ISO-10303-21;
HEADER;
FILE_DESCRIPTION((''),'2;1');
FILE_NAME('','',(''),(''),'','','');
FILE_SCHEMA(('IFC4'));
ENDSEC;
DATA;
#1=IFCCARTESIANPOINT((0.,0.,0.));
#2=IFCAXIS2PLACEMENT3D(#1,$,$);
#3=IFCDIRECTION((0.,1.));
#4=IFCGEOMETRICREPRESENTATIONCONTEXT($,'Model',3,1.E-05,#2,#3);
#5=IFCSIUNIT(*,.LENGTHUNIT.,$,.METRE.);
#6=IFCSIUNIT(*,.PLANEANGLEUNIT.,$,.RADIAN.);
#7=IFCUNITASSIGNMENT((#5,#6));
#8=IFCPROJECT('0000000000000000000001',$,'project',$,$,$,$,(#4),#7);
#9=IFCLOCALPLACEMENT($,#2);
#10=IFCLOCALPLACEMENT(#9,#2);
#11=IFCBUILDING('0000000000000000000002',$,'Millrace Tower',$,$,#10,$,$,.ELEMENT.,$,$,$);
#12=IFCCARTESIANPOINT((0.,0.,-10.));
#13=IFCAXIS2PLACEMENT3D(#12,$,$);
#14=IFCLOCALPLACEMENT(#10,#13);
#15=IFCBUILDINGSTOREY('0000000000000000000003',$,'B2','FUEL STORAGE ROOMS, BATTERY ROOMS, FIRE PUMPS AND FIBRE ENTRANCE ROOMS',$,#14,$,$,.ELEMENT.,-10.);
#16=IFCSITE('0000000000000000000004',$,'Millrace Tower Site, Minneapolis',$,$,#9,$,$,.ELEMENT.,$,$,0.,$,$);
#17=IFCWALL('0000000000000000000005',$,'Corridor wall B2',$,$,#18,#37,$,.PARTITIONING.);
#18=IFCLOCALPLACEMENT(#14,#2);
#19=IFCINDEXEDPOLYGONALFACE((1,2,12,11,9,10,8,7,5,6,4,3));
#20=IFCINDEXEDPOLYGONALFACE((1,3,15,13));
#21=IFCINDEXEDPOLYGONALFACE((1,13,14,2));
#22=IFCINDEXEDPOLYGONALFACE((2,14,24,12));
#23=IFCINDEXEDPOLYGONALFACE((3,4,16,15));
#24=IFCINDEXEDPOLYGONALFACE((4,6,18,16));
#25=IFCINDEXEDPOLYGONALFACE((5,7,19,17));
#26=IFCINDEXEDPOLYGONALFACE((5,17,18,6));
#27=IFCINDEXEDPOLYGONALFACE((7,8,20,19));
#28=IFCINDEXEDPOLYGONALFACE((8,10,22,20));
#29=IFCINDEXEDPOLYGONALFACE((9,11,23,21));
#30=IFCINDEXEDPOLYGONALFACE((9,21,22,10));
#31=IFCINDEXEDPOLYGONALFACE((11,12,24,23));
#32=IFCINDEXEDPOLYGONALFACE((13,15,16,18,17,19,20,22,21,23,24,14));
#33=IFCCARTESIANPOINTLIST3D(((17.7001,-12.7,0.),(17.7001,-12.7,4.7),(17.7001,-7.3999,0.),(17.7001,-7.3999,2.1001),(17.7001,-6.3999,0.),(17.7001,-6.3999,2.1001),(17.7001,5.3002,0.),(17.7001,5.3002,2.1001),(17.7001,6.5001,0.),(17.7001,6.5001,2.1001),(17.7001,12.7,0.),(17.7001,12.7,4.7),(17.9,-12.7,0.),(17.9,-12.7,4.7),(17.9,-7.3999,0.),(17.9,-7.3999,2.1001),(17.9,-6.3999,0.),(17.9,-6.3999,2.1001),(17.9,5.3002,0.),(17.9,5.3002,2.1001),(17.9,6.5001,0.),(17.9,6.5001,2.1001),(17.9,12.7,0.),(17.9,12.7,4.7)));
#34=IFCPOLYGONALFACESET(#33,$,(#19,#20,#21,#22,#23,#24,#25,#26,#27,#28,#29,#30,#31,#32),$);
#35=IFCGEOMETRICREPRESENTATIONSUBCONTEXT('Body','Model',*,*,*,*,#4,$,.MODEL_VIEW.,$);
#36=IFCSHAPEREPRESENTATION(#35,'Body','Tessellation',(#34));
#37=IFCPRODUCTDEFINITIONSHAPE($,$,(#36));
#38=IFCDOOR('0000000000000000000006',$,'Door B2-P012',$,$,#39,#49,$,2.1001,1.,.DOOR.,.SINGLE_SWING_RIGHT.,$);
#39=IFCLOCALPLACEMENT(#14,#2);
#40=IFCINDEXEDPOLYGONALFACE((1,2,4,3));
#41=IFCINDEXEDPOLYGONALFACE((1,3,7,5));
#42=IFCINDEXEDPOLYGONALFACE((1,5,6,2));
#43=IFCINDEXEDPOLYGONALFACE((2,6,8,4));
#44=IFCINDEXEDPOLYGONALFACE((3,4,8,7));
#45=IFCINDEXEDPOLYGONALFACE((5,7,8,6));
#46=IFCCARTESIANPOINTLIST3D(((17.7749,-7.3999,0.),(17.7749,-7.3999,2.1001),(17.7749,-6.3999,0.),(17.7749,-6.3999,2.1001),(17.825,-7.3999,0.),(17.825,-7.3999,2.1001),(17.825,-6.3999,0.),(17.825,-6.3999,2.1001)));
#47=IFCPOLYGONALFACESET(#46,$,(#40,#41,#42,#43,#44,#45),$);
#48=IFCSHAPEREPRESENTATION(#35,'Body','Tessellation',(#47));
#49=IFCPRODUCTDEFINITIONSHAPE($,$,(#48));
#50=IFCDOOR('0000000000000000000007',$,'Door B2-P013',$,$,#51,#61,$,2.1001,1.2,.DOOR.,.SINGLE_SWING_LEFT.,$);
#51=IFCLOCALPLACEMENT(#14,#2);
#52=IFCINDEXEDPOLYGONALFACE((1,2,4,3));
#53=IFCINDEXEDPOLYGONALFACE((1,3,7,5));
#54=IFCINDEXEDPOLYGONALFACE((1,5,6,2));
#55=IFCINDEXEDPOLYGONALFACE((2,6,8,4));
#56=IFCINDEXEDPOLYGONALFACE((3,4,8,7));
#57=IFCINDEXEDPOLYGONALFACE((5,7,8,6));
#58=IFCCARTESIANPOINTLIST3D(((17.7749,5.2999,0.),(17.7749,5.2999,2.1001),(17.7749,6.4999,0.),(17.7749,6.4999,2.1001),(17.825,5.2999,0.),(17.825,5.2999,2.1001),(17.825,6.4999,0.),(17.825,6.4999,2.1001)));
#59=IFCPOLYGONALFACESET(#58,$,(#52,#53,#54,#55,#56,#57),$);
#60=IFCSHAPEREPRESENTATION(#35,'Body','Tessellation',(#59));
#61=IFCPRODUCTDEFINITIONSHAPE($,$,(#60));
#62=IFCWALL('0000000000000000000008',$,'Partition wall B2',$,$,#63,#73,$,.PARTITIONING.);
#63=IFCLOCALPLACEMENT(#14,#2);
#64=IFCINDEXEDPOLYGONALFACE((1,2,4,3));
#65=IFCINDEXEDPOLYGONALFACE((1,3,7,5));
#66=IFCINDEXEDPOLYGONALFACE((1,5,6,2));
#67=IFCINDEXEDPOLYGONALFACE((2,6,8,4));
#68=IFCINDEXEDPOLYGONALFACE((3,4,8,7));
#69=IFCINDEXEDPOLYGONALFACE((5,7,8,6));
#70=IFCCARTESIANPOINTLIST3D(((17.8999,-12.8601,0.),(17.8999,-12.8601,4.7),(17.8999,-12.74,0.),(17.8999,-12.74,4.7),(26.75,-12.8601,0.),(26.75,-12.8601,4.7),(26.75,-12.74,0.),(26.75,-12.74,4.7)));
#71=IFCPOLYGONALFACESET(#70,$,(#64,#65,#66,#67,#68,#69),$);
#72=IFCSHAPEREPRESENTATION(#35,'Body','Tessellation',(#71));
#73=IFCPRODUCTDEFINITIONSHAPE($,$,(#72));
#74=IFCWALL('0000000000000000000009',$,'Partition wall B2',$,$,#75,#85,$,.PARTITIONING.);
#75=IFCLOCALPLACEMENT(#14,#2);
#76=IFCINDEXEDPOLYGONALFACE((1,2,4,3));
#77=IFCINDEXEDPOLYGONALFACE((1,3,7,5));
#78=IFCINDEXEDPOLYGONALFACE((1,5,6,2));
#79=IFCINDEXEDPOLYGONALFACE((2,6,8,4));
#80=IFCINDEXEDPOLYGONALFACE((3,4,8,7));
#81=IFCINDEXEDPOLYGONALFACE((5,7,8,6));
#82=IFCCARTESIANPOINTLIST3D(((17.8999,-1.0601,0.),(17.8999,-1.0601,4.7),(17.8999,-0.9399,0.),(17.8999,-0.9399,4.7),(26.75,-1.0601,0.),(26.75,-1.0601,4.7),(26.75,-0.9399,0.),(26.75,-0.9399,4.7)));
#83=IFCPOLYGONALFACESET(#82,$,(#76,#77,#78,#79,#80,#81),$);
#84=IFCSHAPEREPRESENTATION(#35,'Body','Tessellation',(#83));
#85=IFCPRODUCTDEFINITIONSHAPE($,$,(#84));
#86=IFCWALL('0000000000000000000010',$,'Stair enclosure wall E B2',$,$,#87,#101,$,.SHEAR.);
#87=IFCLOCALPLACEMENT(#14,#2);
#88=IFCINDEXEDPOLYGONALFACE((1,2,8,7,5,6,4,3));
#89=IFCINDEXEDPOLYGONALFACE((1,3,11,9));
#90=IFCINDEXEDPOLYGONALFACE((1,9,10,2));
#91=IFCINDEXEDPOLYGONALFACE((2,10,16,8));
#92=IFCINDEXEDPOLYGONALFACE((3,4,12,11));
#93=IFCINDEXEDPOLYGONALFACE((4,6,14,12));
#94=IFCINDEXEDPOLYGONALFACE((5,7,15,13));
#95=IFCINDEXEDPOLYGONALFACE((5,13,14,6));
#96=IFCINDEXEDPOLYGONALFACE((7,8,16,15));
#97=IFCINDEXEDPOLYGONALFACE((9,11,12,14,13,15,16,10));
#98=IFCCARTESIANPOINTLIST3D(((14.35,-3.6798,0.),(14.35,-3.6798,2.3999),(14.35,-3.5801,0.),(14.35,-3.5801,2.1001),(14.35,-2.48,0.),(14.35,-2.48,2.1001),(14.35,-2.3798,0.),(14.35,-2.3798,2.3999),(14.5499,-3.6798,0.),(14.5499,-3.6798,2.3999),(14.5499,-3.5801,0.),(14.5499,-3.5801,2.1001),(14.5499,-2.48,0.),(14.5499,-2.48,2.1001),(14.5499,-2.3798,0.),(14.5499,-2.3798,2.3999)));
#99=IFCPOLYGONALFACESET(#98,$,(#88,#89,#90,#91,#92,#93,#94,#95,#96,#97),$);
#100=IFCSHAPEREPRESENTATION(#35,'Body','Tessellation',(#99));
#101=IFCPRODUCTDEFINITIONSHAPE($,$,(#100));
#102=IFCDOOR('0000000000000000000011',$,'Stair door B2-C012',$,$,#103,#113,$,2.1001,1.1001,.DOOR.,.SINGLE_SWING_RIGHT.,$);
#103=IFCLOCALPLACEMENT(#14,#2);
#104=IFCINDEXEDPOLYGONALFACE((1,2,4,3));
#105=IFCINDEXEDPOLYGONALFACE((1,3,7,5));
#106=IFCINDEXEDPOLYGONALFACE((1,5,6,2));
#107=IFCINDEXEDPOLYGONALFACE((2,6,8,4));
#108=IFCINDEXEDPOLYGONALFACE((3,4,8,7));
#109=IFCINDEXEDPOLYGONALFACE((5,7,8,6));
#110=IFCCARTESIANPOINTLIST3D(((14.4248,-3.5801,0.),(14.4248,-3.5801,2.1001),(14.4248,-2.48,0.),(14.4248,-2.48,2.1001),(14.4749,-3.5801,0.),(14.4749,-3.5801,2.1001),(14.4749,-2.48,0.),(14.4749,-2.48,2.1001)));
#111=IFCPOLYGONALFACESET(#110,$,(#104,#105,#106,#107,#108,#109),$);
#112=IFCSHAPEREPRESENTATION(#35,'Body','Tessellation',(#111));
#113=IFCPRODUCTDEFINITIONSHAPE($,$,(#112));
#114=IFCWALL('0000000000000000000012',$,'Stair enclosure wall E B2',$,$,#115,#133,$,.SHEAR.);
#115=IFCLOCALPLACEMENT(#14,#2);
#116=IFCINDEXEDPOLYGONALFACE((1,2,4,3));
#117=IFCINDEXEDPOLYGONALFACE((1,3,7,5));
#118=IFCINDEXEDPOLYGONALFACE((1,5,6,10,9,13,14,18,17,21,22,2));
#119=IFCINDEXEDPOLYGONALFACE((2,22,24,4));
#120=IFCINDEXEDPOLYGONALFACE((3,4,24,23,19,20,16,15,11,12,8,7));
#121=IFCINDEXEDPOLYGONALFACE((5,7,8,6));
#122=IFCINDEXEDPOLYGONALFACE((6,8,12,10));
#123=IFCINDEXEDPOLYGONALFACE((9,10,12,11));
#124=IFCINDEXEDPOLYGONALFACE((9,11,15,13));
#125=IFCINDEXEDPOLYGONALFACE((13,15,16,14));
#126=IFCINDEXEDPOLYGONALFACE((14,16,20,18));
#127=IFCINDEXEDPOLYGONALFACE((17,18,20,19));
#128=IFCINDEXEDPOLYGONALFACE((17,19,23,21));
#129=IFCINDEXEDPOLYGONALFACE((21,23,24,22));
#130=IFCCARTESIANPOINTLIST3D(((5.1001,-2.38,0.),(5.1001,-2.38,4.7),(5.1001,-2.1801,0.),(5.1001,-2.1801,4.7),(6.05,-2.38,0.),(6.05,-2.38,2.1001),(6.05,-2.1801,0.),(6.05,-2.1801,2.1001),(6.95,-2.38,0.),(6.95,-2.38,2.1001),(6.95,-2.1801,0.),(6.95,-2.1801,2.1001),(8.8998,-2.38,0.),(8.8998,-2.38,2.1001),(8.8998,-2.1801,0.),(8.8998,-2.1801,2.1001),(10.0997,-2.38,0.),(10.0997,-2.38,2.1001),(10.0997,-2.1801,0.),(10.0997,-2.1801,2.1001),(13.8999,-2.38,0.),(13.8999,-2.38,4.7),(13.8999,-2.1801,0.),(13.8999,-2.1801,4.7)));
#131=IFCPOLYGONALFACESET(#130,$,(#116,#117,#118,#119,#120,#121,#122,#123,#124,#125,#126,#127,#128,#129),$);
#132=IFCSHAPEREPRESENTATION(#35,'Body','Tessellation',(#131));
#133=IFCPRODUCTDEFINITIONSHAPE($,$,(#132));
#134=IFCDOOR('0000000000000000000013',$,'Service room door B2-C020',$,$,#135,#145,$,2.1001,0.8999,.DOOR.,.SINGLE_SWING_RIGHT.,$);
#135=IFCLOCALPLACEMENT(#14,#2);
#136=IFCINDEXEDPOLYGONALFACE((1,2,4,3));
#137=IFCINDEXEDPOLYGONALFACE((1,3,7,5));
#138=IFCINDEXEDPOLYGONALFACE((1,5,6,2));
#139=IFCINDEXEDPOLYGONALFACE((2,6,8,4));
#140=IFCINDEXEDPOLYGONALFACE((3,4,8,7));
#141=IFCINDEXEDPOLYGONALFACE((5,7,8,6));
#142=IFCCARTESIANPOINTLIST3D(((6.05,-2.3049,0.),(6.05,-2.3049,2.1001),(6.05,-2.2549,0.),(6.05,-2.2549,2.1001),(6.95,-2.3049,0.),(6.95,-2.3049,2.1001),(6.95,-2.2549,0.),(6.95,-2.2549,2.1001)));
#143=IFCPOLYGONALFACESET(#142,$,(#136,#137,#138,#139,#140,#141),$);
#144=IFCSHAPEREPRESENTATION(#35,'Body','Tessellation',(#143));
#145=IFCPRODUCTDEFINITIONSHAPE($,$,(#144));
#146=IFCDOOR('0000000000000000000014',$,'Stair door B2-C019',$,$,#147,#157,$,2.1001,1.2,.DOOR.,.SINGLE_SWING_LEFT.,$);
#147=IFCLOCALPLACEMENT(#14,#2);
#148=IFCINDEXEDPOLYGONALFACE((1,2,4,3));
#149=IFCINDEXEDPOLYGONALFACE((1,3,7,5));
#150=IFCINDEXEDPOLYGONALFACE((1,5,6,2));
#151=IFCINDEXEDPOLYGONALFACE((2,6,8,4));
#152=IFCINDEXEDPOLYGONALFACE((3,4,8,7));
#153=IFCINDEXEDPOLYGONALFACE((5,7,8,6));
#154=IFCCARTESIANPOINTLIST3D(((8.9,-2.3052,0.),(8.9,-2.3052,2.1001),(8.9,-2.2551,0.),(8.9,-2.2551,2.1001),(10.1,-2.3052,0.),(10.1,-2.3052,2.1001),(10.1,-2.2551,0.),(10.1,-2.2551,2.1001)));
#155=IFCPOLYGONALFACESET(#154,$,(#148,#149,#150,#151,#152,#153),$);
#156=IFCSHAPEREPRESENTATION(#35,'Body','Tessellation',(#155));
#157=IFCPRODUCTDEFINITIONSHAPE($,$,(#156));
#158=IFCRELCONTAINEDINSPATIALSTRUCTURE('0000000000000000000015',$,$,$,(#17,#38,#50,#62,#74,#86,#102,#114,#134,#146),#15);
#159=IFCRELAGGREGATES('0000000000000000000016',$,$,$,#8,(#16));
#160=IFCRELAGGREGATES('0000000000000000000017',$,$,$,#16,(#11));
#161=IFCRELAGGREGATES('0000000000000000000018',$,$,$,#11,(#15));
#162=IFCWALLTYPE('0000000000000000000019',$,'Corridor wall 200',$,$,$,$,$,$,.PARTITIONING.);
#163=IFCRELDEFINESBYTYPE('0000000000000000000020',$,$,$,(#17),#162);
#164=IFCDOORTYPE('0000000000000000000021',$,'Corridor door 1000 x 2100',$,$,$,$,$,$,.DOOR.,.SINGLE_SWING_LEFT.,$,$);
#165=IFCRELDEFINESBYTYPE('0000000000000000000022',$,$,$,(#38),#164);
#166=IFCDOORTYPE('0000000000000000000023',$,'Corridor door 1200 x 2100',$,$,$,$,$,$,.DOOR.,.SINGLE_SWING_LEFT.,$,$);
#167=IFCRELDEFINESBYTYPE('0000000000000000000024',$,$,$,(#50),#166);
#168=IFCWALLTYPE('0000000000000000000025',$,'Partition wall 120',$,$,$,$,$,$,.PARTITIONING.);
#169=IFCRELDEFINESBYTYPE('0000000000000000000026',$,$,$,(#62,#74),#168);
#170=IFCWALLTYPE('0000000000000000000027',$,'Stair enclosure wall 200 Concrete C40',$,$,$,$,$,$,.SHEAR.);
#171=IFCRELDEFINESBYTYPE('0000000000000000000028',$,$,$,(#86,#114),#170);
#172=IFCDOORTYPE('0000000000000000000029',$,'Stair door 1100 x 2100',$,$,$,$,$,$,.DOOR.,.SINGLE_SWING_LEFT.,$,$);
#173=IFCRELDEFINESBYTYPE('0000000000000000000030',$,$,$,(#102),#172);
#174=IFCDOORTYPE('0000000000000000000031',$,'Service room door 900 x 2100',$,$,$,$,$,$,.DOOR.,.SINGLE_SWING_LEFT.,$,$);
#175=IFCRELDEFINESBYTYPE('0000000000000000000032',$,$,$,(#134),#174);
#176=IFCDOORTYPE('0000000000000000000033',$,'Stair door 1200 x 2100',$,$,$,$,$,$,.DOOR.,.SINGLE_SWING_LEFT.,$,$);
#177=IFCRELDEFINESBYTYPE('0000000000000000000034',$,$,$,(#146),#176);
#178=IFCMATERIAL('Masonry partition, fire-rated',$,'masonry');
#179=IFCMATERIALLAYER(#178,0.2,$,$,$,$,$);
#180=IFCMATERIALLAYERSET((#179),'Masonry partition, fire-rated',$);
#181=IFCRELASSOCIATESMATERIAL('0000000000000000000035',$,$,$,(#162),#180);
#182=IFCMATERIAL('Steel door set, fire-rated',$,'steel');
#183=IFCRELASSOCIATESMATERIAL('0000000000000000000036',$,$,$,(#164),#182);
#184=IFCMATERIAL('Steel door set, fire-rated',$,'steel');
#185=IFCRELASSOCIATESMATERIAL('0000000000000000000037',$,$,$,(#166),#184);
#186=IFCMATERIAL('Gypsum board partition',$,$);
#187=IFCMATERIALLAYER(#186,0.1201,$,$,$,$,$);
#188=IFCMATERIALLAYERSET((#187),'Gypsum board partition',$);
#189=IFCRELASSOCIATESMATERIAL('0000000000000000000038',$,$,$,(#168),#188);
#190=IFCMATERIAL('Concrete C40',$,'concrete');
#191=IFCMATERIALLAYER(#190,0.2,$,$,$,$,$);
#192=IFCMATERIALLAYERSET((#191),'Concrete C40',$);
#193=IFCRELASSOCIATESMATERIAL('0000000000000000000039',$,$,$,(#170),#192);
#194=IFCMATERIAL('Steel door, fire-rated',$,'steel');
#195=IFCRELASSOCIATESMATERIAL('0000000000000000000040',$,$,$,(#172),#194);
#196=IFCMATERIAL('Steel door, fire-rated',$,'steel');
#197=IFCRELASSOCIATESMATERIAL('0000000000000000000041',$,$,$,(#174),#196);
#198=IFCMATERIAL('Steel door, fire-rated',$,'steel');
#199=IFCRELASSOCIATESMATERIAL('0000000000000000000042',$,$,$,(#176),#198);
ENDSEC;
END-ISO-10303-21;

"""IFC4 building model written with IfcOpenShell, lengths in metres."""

from ifc_helpers import new_model, si_unit, direction, frame, frame_2d, origin, place, context, subcontext, project, spatial, rectangle, extrude, material, layer, layer_set, type_object, element, fill, save


model = new_model("IFC4")

# Units and contexts
model_context = context("Model", 3, precision=1e-05, world=origin(), true_north=direction((0.0, 1.0)))
body_context = subcontext(model_context, "Body", "Model", "MODEL_VIEW")
ifc_project = project(units=[si_unit("LENGTHUNIT", "METRE"), si_unit("PLANEANGLEUNIT", "RADIAN")], contexts=[model_context])

# Site, building, storey
site_placement = place(None, origin())
site = spatial("IfcSite", under=ifc_project, at=site_placement, Name="Millrace Tower Site, Minneapolis", CompositionType="ELEMENT", RefElevation=0.0)
building_placement = place(site_placement, origin())
building = spatial("IfcBuilding", under=site, at=building_placement, Name="Millrace Tower", CompositionType="ELEMENT")
storey_placement = place(building_placement, frame((0.0, 0.0, -10.0)))
storey = spatial("IfcBuildingStorey", under=building, at=storey_placement, Name="B2", Description="FUEL STORAGE ROOMS, BATTERY ROOMS, FIRE PUMPS AND FIBRE ENTRANCE ROOMS", CompositionType="ELEMENT", Elevation=-10.0)

# Wall, openings, doors
ifc_material_1 = material(Name="Masonry partition, fire-rated", Category="masonry")
ifc_layer_1 = layer(ifc_material_1, 0.2)
ifc_layer_set_1 = layer_set([ifc_layer_1], Name="Masonry partition, fire-rated")
wall_type_1 = type_object("IfcWallType", Name="Corridor wall 200", PredefinedType="PARTITIONING", material=ifc_layer_set_1)
wall_1_placement = place(storey_placement, frame((17.8, -12.7, 0.0), z_axis=(0.0, 0.0, 1.0), x_axis=(0.0, 1.0, 0.0)))
wall_1 = element("IfcWall", 1, at=wall_1_placement, inside=storey, type_object=wall_type_1, Name="Corridor wall B2", PredefinedType="PARTITIONING", context=body_context, shape_type="SweptSolid", body=[
    extrude(rectangle(XDim=25.3999, YDim=0.2, at=frame_2d((12.7, 0.0))), origin(), (0.0, 0.0, 1.0), 4.7),
])
opening_1_placement = place(wall_1_placement, frame((5.3, 0.0, 0.0)))
opening_1 = element("IfcOpeningElement", 2, at=opening_1_placement, cuts=wall_1, PredefinedType="OPENING", context=body_context, shape_type="SweptSolid", body=[
    extrude(rectangle(XDim=1.0, YDim=2.1001, at=frame_2d((0.5, 1.05))), frame((0.0, 0.1099, 0.0), z_axis=(0.0, -1.0, 0.0), x_axis=(1.0, 0.0, 0.0)), (0.0, 0.0, 1.0), 0.22),
])
opening_2_placement = place(wall_1_placement, frame((18.0, 0.0, 0.0)))
opening_2 = element("IfcOpeningElement", 3, at=opening_2_placement, cuts=wall_1, PredefinedType="OPENING", context=body_context, shape_type="SweptSolid", body=[
    extrude(rectangle(XDim=1.2, YDim=2.1001, at=frame_2d((0.6001, 1.05))), frame((0.0, 0.1099, 0.0), z_axis=(0.0, -1.0, 0.0), x_axis=(1.0, 0.0, 0.0)), (0.0, 0.0, 1.0), 0.22),
])
ifc_material_2 = material(Name="Steel door set, fire-rated", Category="steel")
door_type_1 = type_object("IfcDoorType", Name="Corridor door 1000 x 2100", OperationType="SINGLE_SWING_LEFT", PredefinedType="DOOR", material=ifc_material_2)
door_1_placement = place(opening_1_placement, frame((1.0, 0.0, 0.0), z_axis=(0.0, 0.0, 1.0), x_axis=(-1.0, 0.0, 0.0)))
door_1 = element("IfcDoor", 4, at=door_1_placement, inside=storey, type_object=door_type_1, Name="Door B2-P012", OperationType="SINGLE_SWING_RIGHT", OverallHeight=2.1001, OverallWidth=1.0, PredefinedType="DOOR", context=body_context, shape_type="SweptSolid", body=[
    extrude(rectangle(XDim=1.0, YDim=2.1001, at=frame_2d((0.5, 1.05))), frame((0.0, 0.0249, 0.0), z_axis=(0.0, -1.0, 0.0), x_axis=(1.0, 0.0, 0.0)), (0.0, 0.0, 1.0), 0.05),
])
fill(opening_1, door_1)
ifc_material_3 = material(Name="Steel door set, fire-rated", Category="steel")
door_type_2 = type_object("IfcDoorType", Name="Corridor door 1200 x 2100", OperationType="SINGLE_SWING_LEFT", PredefinedType="DOOR", material=ifc_material_3)
door_2_placement = place(opening_2_placement, frame((1.2, 0.0, 0.0), z_axis=(0.0, 0.0, 1.0), x_axis=(-1.0, 0.0, 0.0)))
door_2 = element("IfcDoor", 5, at=door_2_placement, inside=storey, type_object=door_type_2, Name="Door B2-P013", OperationType="SINGLE_SWING_LEFT", OverallHeight=2.1001, OverallWidth=1.2, PredefinedType="DOOR", context=body_context, shape_type="SweptSolid", body=[
    extrude(rectangle(XDim=1.2, YDim=2.1001, at=frame_2d((0.6001, 1.05))), frame((0.0, 0.0249, 0.0), z_axis=(0.0, -1.0, 0.0), x_axis=(1.0, 0.0, 0.0)), (0.0, 0.0, 1.0), 0.05),
])
fill(opening_2, door_2)

# Walls
ifc_material_4 = material(Name="Gypsum board partition")
ifc_layer_2 = layer(ifc_material_4, 0.1201)
ifc_layer_set_2 = layer_set([ifc_layer_2], Name="Gypsum board partition")
wall_type_2 = type_object("IfcWallType", Name="Partition wall 120", PredefinedType="PARTITIONING", material=ifc_layer_set_2)
for number, where, z_axis, x_axis, name in (
    (6, (17.8999, -12.8, 0.0), (0.0, 0.0, 1.0), (1.0, 0.0, 0.0), "Partition wall B2"),
    (7, (17.8999, -1.0, 0.0), (0.0, 0.0, 1.0), (1.0, 0.0, 0.0), "Partition wall B2"),
):
    element("IfcWall", number, at=place(storey_placement, frame(where, z_axis=z_axis, x_axis=x_axis)), inside=storey, type_object=wall_type_2, Name=name, PredefinedType="PARTITIONING", context=body_context, shape_type="SweptSolid", body=[
        extrude(rectangle(XDim=8.8501, YDim=0.1201, at=frame_2d((4.425, 0.0))), origin(), (0.0, 0.0, 1.0), 4.7),
    ])

# Wall, opening, door
ifc_material_5 = material(Name="Concrete C40", Category="concrete")
ifc_layer_3 = layer(ifc_material_5, 0.2)
ifc_layer_set_3 = layer_set([ifc_layer_3], Name="Concrete C40")
wall_type_3 = type_object("IfcWallType", Name="Stair enclosure wall 200 Concrete C40", PredefinedType="SHEAR", material=ifc_layer_set_3)
wall_2_placement = place(storey_placement, frame((14.45, -2.3799, 0.0), z_axis=(0.0, 0.0, 1.0), x_axis=(0.0, -1.0, 0.0)))
wall_2 = element("IfcWall", 8, at=wall_2_placement, inside=storey, type_object=wall_type_3, Name="Stair enclosure wall E B2", PredefinedType="SHEAR", context=body_context, shape_type="SweptSolid", body=[
    extrude(rectangle(XDim=1.3, YDim=0.2, at=frame_2d((0.6499, 0.0))), origin(), (0.0, 0.0, 1.0), 2.3999),
])
opening_3_placement = place(wall_2_placement, frame((0.1001, 0.0, 0.0)))
opening_3 = element("IfcOpeningElement", 9, at=opening_3_placement, cuts=wall_2, PredefinedType="OPENING", context=body_context, shape_type="SweptSolid", body=[
    extrude(rectangle(XDim=1.1001, YDim=2.1001, at=frame_2d((0.55, 1.05))), frame((0.0, 0.1099, 0.0), z_axis=(0.0, -1.0, 0.0), x_axis=(1.0, 0.0, 0.0)), (0.0, 0.0, 1.0), 0.22),
])
ifc_material_6 = material(Name="Steel door, fire-rated", Category="steel")
door_type_3 = type_object("IfcDoorType", Name="Stair door 1100 x 2100", OperationType="SINGLE_SWING_LEFT", PredefinedType="DOOR", material=ifc_material_6)
door_3_placement = place(opening_3_placement, origin())
door_3 = element("IfcDoor", 10, at=door_3_placement, inside=storey, type_object=door_type_3, Name="Stair door B2-C012", OperationType="SINGLE_SWING_RIGHT", OverallHeight=2.1001, OverallWidth=1.1001, PredefinedType="DOOR", context=body_context, shape_type="SweptSolid", body=[
    extrude(rectangle(XDim=1.1001, YDim=2.1001, at=frame_2d((0.55, 1.05))), frame((0.0, 0.0249, 0.0), z_axis=(0.0, -1.0, 0.0), x_axis=(1.0, 0.0, 0.0)), (0.0, 0.0, 1.0), 0.05),
])
fill(opening_3, door_3)

# Wall, openings, doors
wall_3_placement = place(storey_placement, frame((13.8999, -2.28, 0.0), z_axis=(0.0, 0.0, 1.0), x_axis=(-1.0, 0.0, 0.0)))
wall_3 = element("IfcWall", 11, at=wall_3_placement, inside=storey, type_object=wall_type_3, Name="Stair enclosure wall E B2", PredefinedType="SHEAR", context=body_context, shape_type="SweptSolid", body=[
    extrude(rectangle(XDim=8.7998, YDim=0.2, at=frame_2d((4.3999, 0.0))), origin(), (0.0, 0.0, 1.0), 4.7),
])
opening_4_placement = place(wall_3_placement, frame((3.8, 0.0, 0.0)))
opening_4 = element("IfcOpeningElement", 12, at=opening_4_placement, cuts=wall_3, PredefinedType="OPENING", context=body_context, shape_type="SweptSolid", body=[
    extrude(rectangle(XDim=1.2, YDim=2.1001, at=frame_2d((0.6001, 1.05))), frame((0.0, 0.1099, 0.0), z_axis=(0.0, -1.0, 0.0), x_axis=(1.0, 0.0, 0.0)), (0.0, 0.0, 1.0), 0.22),
])
opening_5_placement = place(wall_3_placement, frame((6.95, 0.0, 0.0)))
opening_5 = element("IfcOpeningElement", 13, at=opening_5_placement, cuts=wall_3, PredefinedType="OPENING", context=body_context, shape_type="SweptSolid", body=[
    extrude(rectangle(XDim=0.8999, YDim=2.1001, at=frame_2d((0.45, 1.05))), frame((0.0, 0.1099, 0.0), z_axis=(0.0, -1.0, 0.0), x_axis=(1.0, 0.0, 0.0)), (0.0, 0.0, 1.0), 0.22),
])
ifc_material_7 = material(Name="Steel door, fire-rated", Category="steel")
door_type_4 = type_object("IfcDoorType", Name="Service room door 900 x 2100", OperationType="SINGLE_SWING_LEFT", PredefinedType="DOOR", material=ifc_material_7)
door_4_placement = place(opening_5_placement, origin())
door_4 = element("IfcDoor", 14, at=door_4_placement, inside=storey, type_object=door_type_4, Name="Service room door B2-C020", OperationType="SINGLE_SWING_RIGHT", OverallHeight=2.1001, OverallWidth=0.8999, PredefinedType="DOOR", context=body_context, shape_type="SweptSolid", body=[
    extrude(rectangle(XDim=0.8999, YDim=2.1001, at=frame_2d((0.45, 1.05))), frame((0.0, 0.0249, 0.0), z_axis=(0.0, -1.0, 0.0), x_axis=(1.0, 0.0, 0.0)), (0.0, 0.0, 1.0), 0.05),
])
fill(opening_5, door_4)
ifc_material_8 = material(Name="Steel door, fire-rated", Category="steel")
door_type_5 = type_object("IfcDoorType", Name="Stair door 1200 x 2100", OperationType="SINGLE_SWING_LEFT", PredefinedType="DOOR", material=ifc_material_8)
door_5_placement = place(opening_4_placement, frame((1.2, 0.0, 0.0), z_axis=(0.0, 0.0, 1.0), x_axis=(-1.0, 0.0, 0.0)))
door_5 = element("IfcDoor", 15, at=door_5_placement, inside=storey, type_object=door_type_5, Name="Stair door B2-C019", OperationType="SINGLE_SWING_LEFT", OverallHeight=2.1001, OverallWidth=1.2, PredefinedType="DOOR", context=body_context, shape_type="SweptSolid", body=[
    extrude(rectangle(XDim=1.2, YDim=2.1001, at=frame_2d((0.6001, 1.05))), frame((0.0, 0.0249, 0.0), z_axis=(0.0, -1.0, 0.0), x_axis=(1.0, 0.0, 0.0)), (0.0, 0.0, 1.0), 0.05),
])
fill(opening_4, door_5)

save(model, "model.ifc")
